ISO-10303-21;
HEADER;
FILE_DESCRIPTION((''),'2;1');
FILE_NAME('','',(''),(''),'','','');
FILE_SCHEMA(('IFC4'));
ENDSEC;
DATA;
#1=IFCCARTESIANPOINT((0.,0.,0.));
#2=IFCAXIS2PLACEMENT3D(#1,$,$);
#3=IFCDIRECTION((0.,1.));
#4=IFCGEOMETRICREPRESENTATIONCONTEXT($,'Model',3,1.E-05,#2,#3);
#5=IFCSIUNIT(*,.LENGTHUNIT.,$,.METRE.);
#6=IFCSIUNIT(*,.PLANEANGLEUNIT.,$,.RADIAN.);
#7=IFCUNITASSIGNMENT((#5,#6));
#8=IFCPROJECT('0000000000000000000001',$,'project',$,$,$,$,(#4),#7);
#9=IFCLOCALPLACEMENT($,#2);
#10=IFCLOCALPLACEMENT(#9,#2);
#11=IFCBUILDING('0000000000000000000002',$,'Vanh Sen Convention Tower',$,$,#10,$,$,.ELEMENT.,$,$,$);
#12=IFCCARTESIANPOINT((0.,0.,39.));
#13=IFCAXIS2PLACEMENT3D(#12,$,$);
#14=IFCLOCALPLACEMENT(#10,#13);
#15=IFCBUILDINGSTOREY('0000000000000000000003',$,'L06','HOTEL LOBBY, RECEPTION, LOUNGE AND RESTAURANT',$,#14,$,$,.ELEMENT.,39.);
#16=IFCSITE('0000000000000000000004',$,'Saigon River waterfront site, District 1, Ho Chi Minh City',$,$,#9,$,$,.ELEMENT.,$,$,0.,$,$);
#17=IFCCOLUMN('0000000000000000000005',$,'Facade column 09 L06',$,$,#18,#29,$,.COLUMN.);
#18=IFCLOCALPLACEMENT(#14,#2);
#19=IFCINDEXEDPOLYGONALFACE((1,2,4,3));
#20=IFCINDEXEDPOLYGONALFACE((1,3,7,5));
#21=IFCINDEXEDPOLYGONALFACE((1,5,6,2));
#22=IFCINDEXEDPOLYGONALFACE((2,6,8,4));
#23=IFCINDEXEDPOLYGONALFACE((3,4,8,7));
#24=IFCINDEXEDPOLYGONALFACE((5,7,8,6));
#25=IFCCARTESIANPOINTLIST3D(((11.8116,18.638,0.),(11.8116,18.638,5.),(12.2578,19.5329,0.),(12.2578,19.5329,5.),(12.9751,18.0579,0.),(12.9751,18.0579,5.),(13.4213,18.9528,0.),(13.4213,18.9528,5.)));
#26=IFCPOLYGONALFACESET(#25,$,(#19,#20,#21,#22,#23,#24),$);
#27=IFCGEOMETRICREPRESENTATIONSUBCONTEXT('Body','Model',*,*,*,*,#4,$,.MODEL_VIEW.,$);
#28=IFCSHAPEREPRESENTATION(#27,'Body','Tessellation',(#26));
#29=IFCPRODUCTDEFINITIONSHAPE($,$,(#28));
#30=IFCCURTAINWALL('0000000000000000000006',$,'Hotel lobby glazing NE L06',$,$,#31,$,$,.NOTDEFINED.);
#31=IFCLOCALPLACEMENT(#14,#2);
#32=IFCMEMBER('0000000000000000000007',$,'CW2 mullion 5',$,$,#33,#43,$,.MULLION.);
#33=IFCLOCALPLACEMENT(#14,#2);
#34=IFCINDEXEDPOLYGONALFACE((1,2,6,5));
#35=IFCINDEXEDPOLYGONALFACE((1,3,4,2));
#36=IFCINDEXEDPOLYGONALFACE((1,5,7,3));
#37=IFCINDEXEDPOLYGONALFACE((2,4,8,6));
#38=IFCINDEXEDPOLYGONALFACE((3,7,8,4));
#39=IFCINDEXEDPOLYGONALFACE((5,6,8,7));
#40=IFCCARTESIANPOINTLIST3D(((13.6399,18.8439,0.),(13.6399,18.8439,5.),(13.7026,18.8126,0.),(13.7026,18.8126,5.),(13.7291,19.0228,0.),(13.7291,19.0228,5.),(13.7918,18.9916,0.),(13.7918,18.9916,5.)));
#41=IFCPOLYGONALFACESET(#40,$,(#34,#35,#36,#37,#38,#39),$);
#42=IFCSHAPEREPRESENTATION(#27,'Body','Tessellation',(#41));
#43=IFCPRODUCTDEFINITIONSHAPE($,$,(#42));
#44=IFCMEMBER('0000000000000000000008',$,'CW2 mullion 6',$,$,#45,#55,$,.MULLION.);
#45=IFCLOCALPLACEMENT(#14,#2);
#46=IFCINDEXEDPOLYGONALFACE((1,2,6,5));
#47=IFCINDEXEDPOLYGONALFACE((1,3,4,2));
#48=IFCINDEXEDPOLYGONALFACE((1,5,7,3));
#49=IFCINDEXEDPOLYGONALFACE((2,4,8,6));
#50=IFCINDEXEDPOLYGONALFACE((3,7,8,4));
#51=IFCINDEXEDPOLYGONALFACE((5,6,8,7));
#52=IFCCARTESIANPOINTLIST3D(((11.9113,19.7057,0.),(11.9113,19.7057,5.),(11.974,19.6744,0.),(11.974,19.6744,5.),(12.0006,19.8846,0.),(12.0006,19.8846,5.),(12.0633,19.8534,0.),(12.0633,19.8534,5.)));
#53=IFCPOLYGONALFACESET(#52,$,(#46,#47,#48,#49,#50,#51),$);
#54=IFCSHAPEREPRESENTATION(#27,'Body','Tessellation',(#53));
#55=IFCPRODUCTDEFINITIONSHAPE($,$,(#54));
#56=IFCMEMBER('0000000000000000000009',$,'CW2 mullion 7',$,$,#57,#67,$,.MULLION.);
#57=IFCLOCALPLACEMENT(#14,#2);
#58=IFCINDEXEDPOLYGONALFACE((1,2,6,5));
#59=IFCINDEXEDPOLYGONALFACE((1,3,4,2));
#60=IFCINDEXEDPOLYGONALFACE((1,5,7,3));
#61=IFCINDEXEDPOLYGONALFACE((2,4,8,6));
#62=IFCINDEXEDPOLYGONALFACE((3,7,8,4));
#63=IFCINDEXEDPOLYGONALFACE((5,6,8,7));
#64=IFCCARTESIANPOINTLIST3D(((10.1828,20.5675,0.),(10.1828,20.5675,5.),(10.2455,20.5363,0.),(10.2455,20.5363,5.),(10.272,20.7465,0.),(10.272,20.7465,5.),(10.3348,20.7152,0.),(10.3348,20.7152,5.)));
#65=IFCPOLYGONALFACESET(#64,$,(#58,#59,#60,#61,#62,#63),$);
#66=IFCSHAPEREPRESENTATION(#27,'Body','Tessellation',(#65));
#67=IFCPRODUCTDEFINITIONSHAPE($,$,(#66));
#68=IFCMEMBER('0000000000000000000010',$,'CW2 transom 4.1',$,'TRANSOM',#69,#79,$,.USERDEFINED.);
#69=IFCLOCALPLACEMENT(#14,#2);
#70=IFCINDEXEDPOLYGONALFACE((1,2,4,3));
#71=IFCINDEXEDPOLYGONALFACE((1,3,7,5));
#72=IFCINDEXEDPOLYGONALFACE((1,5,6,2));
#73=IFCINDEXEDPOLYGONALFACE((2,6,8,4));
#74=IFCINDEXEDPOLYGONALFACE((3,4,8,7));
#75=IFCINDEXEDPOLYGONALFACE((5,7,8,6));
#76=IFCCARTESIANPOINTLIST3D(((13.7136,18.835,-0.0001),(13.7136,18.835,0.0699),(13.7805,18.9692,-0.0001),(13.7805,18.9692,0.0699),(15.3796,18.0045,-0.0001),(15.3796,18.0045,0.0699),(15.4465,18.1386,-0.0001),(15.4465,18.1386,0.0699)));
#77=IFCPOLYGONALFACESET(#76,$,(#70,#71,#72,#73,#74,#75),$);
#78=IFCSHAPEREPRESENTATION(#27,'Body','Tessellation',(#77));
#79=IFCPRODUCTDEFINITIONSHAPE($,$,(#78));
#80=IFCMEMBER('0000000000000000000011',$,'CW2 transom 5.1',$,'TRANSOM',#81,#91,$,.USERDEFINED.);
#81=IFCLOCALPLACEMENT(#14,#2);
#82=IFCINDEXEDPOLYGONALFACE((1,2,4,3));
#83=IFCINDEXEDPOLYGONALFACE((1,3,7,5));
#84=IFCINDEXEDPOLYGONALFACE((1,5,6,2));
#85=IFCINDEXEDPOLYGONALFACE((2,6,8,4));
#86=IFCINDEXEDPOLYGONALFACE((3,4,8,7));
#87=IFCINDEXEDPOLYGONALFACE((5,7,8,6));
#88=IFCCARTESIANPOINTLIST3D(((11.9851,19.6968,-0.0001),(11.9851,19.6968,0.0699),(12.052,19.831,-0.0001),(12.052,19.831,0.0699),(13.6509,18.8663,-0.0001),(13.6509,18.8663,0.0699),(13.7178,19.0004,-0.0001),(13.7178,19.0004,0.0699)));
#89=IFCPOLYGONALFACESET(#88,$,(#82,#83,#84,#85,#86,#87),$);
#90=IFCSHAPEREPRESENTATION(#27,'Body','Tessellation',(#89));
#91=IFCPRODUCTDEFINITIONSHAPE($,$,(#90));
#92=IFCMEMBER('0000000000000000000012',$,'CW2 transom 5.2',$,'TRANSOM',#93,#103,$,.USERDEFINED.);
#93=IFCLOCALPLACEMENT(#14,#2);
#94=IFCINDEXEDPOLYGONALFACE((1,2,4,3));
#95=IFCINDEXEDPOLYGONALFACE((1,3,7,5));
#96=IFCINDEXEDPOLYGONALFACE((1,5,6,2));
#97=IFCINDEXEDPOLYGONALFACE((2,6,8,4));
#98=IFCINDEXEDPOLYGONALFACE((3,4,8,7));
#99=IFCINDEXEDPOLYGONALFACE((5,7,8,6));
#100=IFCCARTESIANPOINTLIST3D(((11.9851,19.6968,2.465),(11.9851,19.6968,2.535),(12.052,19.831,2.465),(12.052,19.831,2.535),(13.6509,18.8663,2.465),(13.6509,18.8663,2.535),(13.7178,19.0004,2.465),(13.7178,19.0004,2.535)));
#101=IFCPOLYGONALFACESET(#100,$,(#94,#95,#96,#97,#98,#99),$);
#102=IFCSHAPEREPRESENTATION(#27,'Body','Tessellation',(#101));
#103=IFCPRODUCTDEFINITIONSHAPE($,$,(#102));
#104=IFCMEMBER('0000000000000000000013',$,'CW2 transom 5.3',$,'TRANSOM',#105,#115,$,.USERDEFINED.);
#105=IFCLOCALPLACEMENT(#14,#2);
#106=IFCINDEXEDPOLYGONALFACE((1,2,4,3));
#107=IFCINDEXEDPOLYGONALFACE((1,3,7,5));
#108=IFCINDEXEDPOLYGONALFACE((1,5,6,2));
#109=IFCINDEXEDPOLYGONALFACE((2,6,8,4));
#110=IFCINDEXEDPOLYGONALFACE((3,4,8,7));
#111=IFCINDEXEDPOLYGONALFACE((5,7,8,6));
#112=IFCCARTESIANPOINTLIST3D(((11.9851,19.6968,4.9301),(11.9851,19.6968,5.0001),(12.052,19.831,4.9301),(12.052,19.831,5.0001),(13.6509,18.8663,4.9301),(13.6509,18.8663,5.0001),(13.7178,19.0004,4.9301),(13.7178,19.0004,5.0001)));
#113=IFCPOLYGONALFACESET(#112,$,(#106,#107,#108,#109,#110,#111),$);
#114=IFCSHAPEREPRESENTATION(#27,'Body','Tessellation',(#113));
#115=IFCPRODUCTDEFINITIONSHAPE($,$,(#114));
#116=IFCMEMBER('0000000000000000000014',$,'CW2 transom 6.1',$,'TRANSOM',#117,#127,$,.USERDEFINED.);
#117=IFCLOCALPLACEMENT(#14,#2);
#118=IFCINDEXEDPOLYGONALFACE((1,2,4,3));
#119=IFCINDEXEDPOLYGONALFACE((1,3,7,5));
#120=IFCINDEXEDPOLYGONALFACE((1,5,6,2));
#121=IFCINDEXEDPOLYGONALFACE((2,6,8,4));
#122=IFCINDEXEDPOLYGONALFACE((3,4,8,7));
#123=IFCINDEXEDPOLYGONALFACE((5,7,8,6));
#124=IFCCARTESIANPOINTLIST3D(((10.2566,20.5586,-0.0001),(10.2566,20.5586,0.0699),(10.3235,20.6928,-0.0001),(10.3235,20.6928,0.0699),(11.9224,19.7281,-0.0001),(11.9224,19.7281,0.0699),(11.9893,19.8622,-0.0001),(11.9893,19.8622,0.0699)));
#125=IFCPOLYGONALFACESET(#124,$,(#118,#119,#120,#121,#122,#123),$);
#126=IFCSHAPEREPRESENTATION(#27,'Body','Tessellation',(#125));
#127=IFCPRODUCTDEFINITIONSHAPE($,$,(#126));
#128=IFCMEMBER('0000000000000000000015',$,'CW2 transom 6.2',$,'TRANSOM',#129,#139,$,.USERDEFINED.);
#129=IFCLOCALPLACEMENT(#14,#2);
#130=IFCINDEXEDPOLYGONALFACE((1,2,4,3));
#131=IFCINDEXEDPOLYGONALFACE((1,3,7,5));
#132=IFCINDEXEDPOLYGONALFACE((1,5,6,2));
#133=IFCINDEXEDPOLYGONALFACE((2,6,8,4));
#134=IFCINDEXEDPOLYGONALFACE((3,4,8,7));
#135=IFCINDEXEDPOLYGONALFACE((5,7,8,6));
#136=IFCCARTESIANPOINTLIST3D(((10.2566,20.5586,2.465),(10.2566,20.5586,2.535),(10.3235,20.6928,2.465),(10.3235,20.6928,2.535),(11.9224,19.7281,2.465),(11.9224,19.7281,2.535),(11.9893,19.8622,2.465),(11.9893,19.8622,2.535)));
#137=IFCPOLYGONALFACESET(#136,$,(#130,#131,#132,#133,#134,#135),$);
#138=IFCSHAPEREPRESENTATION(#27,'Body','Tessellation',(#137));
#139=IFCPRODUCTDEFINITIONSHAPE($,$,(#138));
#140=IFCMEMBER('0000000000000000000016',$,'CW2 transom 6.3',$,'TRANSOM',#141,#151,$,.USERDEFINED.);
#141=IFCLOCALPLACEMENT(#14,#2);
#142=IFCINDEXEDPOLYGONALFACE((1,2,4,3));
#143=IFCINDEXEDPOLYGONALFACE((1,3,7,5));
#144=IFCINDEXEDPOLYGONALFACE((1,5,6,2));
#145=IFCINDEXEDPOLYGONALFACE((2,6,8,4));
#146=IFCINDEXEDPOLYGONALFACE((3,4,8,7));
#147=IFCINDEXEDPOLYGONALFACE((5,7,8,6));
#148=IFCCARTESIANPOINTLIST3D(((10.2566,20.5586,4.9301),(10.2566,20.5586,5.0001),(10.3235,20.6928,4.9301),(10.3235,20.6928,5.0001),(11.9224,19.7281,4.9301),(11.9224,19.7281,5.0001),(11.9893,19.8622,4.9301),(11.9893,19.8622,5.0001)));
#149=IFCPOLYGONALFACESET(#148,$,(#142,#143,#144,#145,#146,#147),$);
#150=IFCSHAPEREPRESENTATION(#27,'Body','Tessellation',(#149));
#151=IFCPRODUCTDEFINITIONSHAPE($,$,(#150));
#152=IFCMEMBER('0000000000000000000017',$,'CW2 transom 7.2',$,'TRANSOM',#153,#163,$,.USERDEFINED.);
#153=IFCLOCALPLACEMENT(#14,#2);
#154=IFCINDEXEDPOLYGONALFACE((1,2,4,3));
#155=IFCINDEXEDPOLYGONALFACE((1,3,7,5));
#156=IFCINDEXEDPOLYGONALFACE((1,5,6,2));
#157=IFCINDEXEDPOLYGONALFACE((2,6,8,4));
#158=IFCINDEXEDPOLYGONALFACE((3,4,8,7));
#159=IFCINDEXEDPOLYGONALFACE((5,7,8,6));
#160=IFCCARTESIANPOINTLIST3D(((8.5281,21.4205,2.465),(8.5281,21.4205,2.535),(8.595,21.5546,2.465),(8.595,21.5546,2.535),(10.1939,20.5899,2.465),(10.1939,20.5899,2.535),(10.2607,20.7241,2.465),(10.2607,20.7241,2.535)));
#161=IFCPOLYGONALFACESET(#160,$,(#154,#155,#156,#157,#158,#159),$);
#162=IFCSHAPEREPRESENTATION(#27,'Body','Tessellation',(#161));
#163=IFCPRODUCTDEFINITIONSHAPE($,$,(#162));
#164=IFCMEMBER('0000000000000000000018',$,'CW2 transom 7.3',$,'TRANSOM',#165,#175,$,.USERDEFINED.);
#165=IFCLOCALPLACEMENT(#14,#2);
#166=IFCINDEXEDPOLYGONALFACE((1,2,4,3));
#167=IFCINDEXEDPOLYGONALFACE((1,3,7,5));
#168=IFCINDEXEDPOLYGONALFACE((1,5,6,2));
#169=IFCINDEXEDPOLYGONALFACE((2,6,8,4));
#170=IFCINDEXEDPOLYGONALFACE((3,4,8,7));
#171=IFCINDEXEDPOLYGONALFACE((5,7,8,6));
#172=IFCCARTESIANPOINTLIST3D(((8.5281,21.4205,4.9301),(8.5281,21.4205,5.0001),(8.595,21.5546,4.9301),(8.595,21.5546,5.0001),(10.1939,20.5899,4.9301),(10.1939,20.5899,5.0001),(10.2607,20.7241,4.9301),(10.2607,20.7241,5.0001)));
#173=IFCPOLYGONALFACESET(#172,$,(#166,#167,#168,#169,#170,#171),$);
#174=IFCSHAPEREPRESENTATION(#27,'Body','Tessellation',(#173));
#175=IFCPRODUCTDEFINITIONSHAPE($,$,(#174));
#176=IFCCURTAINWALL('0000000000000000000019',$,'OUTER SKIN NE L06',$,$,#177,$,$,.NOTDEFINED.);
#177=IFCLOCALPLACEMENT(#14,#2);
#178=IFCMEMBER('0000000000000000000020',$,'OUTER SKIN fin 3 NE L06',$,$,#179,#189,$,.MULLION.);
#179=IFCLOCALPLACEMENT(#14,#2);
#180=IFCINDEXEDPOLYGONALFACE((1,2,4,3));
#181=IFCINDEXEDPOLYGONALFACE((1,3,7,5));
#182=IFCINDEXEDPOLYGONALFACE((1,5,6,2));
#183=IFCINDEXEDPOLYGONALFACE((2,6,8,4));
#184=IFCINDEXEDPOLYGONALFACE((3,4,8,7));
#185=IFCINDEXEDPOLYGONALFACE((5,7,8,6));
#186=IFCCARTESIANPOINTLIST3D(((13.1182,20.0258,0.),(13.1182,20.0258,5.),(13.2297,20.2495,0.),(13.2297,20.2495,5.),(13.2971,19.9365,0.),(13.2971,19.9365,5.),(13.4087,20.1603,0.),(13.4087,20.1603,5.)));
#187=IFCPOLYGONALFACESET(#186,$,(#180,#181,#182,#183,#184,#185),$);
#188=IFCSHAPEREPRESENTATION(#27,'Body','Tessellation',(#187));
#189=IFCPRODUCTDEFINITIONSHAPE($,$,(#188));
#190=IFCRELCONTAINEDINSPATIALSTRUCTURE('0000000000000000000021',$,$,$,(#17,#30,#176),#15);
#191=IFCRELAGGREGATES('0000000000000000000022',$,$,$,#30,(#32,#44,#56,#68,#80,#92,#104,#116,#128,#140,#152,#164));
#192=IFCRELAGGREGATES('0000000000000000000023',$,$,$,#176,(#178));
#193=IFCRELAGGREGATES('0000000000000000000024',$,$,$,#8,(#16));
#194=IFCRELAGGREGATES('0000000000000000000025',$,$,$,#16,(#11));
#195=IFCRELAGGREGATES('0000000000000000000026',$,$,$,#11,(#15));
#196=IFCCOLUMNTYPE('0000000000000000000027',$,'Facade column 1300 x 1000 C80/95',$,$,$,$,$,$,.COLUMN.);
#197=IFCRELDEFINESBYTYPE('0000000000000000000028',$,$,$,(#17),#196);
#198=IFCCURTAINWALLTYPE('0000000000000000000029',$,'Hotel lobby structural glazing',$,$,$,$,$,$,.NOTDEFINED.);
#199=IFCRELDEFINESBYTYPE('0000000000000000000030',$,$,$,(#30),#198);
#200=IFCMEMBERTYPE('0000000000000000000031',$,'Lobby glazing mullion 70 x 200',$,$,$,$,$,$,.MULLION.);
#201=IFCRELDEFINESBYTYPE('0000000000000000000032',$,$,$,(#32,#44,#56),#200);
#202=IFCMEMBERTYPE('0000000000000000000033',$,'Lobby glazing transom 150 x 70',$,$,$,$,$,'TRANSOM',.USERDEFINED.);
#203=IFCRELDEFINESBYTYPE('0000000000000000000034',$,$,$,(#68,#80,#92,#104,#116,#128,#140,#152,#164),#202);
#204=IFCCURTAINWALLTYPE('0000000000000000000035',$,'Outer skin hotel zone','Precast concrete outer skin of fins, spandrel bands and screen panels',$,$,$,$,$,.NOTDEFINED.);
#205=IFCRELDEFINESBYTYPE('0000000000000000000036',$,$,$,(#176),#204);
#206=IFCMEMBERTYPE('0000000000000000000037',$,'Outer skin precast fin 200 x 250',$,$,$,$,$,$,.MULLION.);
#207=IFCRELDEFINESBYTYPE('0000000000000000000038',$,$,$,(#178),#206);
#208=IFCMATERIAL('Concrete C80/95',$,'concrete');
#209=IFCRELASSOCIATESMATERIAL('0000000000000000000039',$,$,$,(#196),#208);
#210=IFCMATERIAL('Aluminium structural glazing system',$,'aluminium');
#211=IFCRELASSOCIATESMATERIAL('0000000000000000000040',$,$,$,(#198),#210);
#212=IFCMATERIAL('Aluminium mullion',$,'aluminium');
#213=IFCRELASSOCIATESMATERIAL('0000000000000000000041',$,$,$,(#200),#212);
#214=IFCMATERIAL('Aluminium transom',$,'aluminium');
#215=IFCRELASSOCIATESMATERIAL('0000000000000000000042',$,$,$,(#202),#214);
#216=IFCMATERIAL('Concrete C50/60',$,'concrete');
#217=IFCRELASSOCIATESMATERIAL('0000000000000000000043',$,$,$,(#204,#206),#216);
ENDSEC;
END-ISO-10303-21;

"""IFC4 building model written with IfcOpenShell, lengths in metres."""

from ifc_helpers import new_model, si_unit, direction, frame, origin, origin_2d, place, context, subcontext, project, spatial, rectangle, extrude, material, material_profile, profile_set, type_object, element, aggregate, save


model = new_model("IFC4")

# Units and contexts
model_context = context("Model", 3, precision=1e-05, world=origin(), true_north=direction((0.0, 1.0)))
body_context = subcontext(model_context, "Body", "Model", "MODEL_VIEW")
ifc_project = project(units=[si_unit("LENGTHUNIT", "METRE"), si_unit("PLANEANGLEUNIT", "RADIAN")], contexts=[model_context])

# Site, building, storey
site_placement = place(None, origin())
site = spatial("IfcSite", under=ifc_project, at=site_placement, Name="Saigon River waterfront site, District 1, Ho Chi Minh City", CompositionType="ELEMENT", RefElevation=0.0)
building_placement = place(site_placement, origin())
building = spatial("IfcBuilding", under=site, at=building_placement, Name="Vanh Sen Convention Tower", CompositionType="ELEMENT")
storey_placement = place(building_placement, frame((0.0, 0.0, 39.0)))
storey = spatial("IfcBuildingStorey", under=building, at=storey_placement, Name="L06", Description="HOTEL LOBBY, RECEPTION, LOUNGE AND RESTAURANT", CompositionType="ELEMENT", Elevation=39.0)

# Column
ifc_material_1 = material(Name="Concrete C80/95", Category="concrete")
ifc_material_profile_1 = material_profile(ifc_material_1, rectangle(XDim=1.3, YDim=1.0, at=origin_2d()), Name="RC 1300X1000")
ifc_profile_set_1 = profile_set([ifc_material_profile_1], Name="Concrete C80/95")
column_type = type_object("IfcColumnType", Name="Facade column 1300 x 1000 C80/95", PredefinedType="COLUMN", material=ifc_profile_set_1)
column_placement = place(storey_placement, frame((12.6165, 18.7954, 0.0), z_axis=(0.0, 0.0, 1.0), x_axis=(-0.894934, 0.446198, 0.0)))
element("IfcColumn", 1, at=column_placement, inside=storey, type_object=column_type, Name="Facade column 09 L06", PredefinedType="COLUMN", context=body_context, shape_type="SweptSolid", body=[
    extrude(rectangle(XDim=1.3, YDim=1.0, at=origin_2d()), origin(), (0.0, 0.0, 1.0), 5.0),
])

# Curtain wall, members
ifc_material_2 = material(Name="Aluminium structural glazing system", Category="aluminium")
curtain_wall_type_1 = type_object("IfcCurtainWallType", Name="Hotel lobby structural glazing", PredefinedType="NOTDEFINED", material=ifc_material_2)
curtain_wall_1_placement = place(storey_placement, origin())
curtain_wall_1 = element("IfcCurtainWall", 2, at=curtain_wall_1_placement, inside=storey, type_object=curtain_wall_type_1, Name="Hotel lobby glazing NE L06", PredefinedType="NOTDEFINED")
ifc_material_3 = material(Name="Aluminium mullion", Category="aluminium")
ifc_material_profile_2 = material_profile(ifc_material_3, rectangle(XDim=0.2, YDim=0.0701, at=origin_2d()), Name="Lobby glazing mullion 70 x 200")
ifc_profile_set_2 = profile_set([ifc_material_profile_2], Name="Aluminium mullion")
member_type_1 = type_object("IfcMemberType", Name="Lobby glazing mullion 70 x 200", PredefinedType="MULLION", material=ifc_profile_set_2)
member_1_placement = place(storey_placement, frame((13.7158, 18.9177, 0.0), z_axis=(0.0, 0.0, 1.0), x_axis=(-0.446199, -0.894934, 0.0)))
member_1 = element("IfcMember", 3, at=member_1_placement, type_object=member_type_1, Name="CW2 mullion 5", PredefinedType="MULLION", context=body_context, shape_type="SweptSolid", body=[
    extrude(rectangle(XDim=0.2, YDim=0.0701, at=origin_2d()), origin(), (0.0, 0.0, 1.0), 5.0),
])
member_2_placement = place(storey_placement, frame((11.9873, 19.7795, 0.0), z_axis=(0.0, 0.0, 1.0), x_axis=(-0.446199, -0.894934, 0.0)))
member_2 = element("IfcMember", 4, at=member_2_placement, type_object=member_type_1, Name="CW2 mullion 6", PredefinedType="MULLION", context=body_context, shape_type="SweptSolid", body=[
    extrude(rectangle(XDim=0.2, YDim=0.0701, at=origin_2d()), origin(), (0.0, 0.0, 1.0), 5.0),
])
member_3_placement = place(storey_placement, frame((10.2588, 20.6414, 0.0), z_axis=(0.0, 0.0, 1.0), x_axis=(-0.446199, -0.894934, 0.0)))
member_3 = element("IfcMember", 5, at=member_3_placement, type_object=member_type_1, Name="CW2 mullion 7", PredefinedType="MULLION", context=body_context, shape_type="SweptSolid", body=[
    extrude(rectangle(XDim=0.2, YDim=0.0701, at=origin_2d()), origin(), (0.0, 0.0, 1.0), 5.0),
])
ifc_material_4 = material(Name="Aluminium transom", Category="aluminium")
ifc_material_profile_3 = material_profile(ifc_material_4, rectangle(XDim=0.1499, YDim=0.0701, at=origin_2d()), Name="Lobby glazing transom 150 x 70")
ifc_profile_set_3 = profile_set([ifc_material_profile_3], Name="Aluminium transom")
member_type_2 = type_object("IfcMemberType", Name="Lobby glazing transom 150 x 70", ElementType="TRANSOM", PredefinedType="USERDEFINED", material=ifc_profile_set_3)
member_4_placement = place(storey_placement, frame((15.4131, 18.0715, 0.0349), z_axis=(-0.894951, 0.446164, 0.0), x_axis=(-0.446164, -0.894951, 0.0)))
member_4 = element("IfcMember", 6, at=member_4_placement, type_object=member_type_2, Name="CW2 transom 4.1", ObjectType="TRANSOM", PredefinedType="USERDEFINED", context=body_context, shape_type="SweptSolid", body=[
    extrude(rectangle(XDim=0.1499, YDim=0.0701, at=origin_2d()), origin(), (0.0, 0.0, 1.0), 1.8616),
])
member_5_placement = place(storey_placement, frame((13.6843, 18.9333, 0.0349), z_axis=(-0.894925, 0.446216, 0.0), x_axis=(-0.446216, -0.894925, 0.0)))
member_5 = element("IfcMember", 7, at=member_5_placement, type_object=member_type_2, Name="CW2 transom 5.1", ObjectType="TRANSOM", PredefinedType="USERDEFINED", context=body_context, shape_type="SweptSolid", body=[
    extrude(rectangle(XDim=0.1499, YDim=0.0701, at=origin_2d()), origin(), (0.0, 0.0, 1.0), 1.8613),
])
member_6_placement = place(storey_placement, frame((13.6843, 18.9333, 2.5), z_axis=(-0.894925, 0.446216, 0.0), x_axis=(-0.446216, -0.894925, 0.0)))
member_6 = element("IfcMember", 8, at=member_6_placement, type_object=member_type_2, Name="CW2 transom 5.2", ObjectType="TRANSOM", PredefinedType="USERDEFINED", context=body_context, shape_type="SweptSolid", body=[
    extrude(rectangle(XDim=0.1499, YDim=0.0701, at=origin_2d()), origin(), (0.0, 0.0, 1.0), 1.8613),
])
member_7_placement = place(storey_placement, frame((13.6843, 18.9333, 4.9651), z_axis=(-0.894925, 0.446216, 0.0), x_axis=(-0.446216, -0.894925, 0.0)))
member_7 = element("IfcMember", 9, at=member_7_placement, type_object=member_type_2, Name="CW2 transom 5.3", ObjectType="TRANSOM", PredefinedType="USERDEFINED", context=body_context, shape_type="SweptSolid", body=[
    extrude(rectangle(XDim=0.1499, YDim=0.0701, at=origin_2d()), origin(), (0.0, 0.0, 1.0), 1.8613),
])
member_8_placement = place(storey_placement, frame((11.9558, 19.7952, 0.0349), z_axis=(-0.894925, 0.446216, 0.0), x_axis=(-0.446216, -0.894925, 0.0)))
member_8 = element("IfcMember", 10, at=member_8_placement, type_object=member_type_2, Name="CW2 transom 6.1", ObjectType="TRANSOM", PredefinedType="USERDEFINED", context=body_context, shape_type="SweptSolid", body=[
    extrude(rectangle(XDim=0.1499, YDim=0.0701, at=origin_2d()), origin(), (0.0, 0.0, 1.0), 1.8613),
])
member_9_placement = place(storey_placement, frame((11.9558, 19.7952, 2.5), z_axis=(-0.894925, 0.446216, 0.0), x_axis=(-0.446216, -0.894925, 0.0)))
member_9 = element("IfcMember", 11, at=member_9_placement, type_object=member_type_2, Name="CW2 transom 6.2", ObjectType="TRANSOM", PredefinedType="USERDEFINED", context=body_context, shape_type="SweptSolid", body=[
    extrude(rectangle(XDim=0.1499, YDim=0.0701, at=origin_2d()), origin(), (0.0, 0.0, 1.0), 1.8613),
])
member_10_placement = place(storey_placement, frame((11.9558, 19.7952, 4.9651), z_axis=(-0.894925, 0.446216, 0.0), x_axis=(-0.446216, -0.894925, 0.0)))
member_10 = element("IfcMember", 12, at=member_10_placement, type_object=member_type_2, Name="CW2 transom 6.3", ObjectType="TRANSOM", PredefinedType="USERDEFINED", context=body_context, shape_type="SweptSolid", body=[
    extrude(rectangle(XDim=0.1499, YDim=0.0701, at=origin_2d()), origin(), (0.0, 0.0, 1.0), 1.8613),
])
member_11_placement = place(storey_placement, frame((10.2273, 20.657, 2.5), z_axis=(-0.894925, 0.446216, 0.0), x_axis=(-0.446216, -0.894925, 0.0)))
member_11 = element("IfcMember", 13, at=member_11_placement, type_object=member_type_2, Name="CW2 transom 7.2", ObjectType="TRANSOM", PredefinedType="USERDEFINED", context=body_context, shape_type="SweptSolid", body=[
    extrude(rectangle(XDim=0.1499, YDim=0.0701, at=origin_2d()), origin(), (0.0, 0.0, 1.0), 1.8613),
])
member_12_placement = place(storey_placement, frame((10.2273, 20.657, 4.9651), z_axis=(-0.894925, 0.446216, 0.0), x_axis=(-0.446216, -0.894925, 0.0)))
member_12 = element("IfcMember", 14, at=member_12_placement, type_object=member_type_2, Name="CW2 transom 7.3", ObjectType="TRANSOM", PredefinedType="USERDEFINED", context=body_context, shape_type="SweptSolid", body=[
    extrude(rectangle(XDim=0.1499, YDim=0.0701, at=origin_2d()), origin(), (0.0, 0.0, 1.0), 1.8613),
])

# Curtain wall, member
ifc_material_5 = material(Name="Concrete C50/60", Category="concrete")
curtain_wall_type_2 = type_object("IfcCurtainWallType", Name="Outer skin hotel zone", Description="Precast concrete outer skin of fins, spandrel bands and screen panels", PredefinedType="NOTDEFINED", material=ifc_material_5)
curtain_wall_2_placement = place(storey_placement, origin())
curtain_wall_2 = element("IfcCurtainWall", 15, at=curtain_wall_2_placement, inside=storey, type_object=curtain_wall_type_2, Name="OUTER SKIN NE L06", PredefinedType="NOTDEFINED")
ifc_material_profile_4 = material_profile(ifc_material_5, rectangle(XDim=0.2, YDim=0.25, at=origin_2d()), Name="Outer skin precast fin 200 x 250")
ifc_profile_set_4 = profile_set([ifc_material_profile_4], Name="Concrete C50/60")
member_type_3 = type_object("IfcMemberType", Name="Outer skin precast fin 200 x 250", PredefinedType="MULLION", material=ifc_profile_set_4)
member_13_placement = place(storey_placement, frame((13.2634, 20.093, 0.0), z_axis=(0.0, 0.0, 1.0), x_axis=(-0.894934, 0.446198, 0.0)))
member_13 = element("IfcMember", 16, at=member_13_placement, type_object=member_type_3, Name="OUTER SKIN fin 3 NE L06", PredefinedType="MULLION", context=body_context, shape_type="SweptSolid", body=[
    extrude(rectangle(XDim=0.2, YDim=0.25, at=origin_2d()), origin(), (0.0, 0.0, 1.0), 5.0),
])

aggregate(curtain_wall_1, [member_1, member_2, member_3, member_4, member_5, member_6, member_7, member_8, member_9, member_10, member_11, member_12])
aggregate(curtain_wall_2, [member_13])

save(model, "model.ifc")
